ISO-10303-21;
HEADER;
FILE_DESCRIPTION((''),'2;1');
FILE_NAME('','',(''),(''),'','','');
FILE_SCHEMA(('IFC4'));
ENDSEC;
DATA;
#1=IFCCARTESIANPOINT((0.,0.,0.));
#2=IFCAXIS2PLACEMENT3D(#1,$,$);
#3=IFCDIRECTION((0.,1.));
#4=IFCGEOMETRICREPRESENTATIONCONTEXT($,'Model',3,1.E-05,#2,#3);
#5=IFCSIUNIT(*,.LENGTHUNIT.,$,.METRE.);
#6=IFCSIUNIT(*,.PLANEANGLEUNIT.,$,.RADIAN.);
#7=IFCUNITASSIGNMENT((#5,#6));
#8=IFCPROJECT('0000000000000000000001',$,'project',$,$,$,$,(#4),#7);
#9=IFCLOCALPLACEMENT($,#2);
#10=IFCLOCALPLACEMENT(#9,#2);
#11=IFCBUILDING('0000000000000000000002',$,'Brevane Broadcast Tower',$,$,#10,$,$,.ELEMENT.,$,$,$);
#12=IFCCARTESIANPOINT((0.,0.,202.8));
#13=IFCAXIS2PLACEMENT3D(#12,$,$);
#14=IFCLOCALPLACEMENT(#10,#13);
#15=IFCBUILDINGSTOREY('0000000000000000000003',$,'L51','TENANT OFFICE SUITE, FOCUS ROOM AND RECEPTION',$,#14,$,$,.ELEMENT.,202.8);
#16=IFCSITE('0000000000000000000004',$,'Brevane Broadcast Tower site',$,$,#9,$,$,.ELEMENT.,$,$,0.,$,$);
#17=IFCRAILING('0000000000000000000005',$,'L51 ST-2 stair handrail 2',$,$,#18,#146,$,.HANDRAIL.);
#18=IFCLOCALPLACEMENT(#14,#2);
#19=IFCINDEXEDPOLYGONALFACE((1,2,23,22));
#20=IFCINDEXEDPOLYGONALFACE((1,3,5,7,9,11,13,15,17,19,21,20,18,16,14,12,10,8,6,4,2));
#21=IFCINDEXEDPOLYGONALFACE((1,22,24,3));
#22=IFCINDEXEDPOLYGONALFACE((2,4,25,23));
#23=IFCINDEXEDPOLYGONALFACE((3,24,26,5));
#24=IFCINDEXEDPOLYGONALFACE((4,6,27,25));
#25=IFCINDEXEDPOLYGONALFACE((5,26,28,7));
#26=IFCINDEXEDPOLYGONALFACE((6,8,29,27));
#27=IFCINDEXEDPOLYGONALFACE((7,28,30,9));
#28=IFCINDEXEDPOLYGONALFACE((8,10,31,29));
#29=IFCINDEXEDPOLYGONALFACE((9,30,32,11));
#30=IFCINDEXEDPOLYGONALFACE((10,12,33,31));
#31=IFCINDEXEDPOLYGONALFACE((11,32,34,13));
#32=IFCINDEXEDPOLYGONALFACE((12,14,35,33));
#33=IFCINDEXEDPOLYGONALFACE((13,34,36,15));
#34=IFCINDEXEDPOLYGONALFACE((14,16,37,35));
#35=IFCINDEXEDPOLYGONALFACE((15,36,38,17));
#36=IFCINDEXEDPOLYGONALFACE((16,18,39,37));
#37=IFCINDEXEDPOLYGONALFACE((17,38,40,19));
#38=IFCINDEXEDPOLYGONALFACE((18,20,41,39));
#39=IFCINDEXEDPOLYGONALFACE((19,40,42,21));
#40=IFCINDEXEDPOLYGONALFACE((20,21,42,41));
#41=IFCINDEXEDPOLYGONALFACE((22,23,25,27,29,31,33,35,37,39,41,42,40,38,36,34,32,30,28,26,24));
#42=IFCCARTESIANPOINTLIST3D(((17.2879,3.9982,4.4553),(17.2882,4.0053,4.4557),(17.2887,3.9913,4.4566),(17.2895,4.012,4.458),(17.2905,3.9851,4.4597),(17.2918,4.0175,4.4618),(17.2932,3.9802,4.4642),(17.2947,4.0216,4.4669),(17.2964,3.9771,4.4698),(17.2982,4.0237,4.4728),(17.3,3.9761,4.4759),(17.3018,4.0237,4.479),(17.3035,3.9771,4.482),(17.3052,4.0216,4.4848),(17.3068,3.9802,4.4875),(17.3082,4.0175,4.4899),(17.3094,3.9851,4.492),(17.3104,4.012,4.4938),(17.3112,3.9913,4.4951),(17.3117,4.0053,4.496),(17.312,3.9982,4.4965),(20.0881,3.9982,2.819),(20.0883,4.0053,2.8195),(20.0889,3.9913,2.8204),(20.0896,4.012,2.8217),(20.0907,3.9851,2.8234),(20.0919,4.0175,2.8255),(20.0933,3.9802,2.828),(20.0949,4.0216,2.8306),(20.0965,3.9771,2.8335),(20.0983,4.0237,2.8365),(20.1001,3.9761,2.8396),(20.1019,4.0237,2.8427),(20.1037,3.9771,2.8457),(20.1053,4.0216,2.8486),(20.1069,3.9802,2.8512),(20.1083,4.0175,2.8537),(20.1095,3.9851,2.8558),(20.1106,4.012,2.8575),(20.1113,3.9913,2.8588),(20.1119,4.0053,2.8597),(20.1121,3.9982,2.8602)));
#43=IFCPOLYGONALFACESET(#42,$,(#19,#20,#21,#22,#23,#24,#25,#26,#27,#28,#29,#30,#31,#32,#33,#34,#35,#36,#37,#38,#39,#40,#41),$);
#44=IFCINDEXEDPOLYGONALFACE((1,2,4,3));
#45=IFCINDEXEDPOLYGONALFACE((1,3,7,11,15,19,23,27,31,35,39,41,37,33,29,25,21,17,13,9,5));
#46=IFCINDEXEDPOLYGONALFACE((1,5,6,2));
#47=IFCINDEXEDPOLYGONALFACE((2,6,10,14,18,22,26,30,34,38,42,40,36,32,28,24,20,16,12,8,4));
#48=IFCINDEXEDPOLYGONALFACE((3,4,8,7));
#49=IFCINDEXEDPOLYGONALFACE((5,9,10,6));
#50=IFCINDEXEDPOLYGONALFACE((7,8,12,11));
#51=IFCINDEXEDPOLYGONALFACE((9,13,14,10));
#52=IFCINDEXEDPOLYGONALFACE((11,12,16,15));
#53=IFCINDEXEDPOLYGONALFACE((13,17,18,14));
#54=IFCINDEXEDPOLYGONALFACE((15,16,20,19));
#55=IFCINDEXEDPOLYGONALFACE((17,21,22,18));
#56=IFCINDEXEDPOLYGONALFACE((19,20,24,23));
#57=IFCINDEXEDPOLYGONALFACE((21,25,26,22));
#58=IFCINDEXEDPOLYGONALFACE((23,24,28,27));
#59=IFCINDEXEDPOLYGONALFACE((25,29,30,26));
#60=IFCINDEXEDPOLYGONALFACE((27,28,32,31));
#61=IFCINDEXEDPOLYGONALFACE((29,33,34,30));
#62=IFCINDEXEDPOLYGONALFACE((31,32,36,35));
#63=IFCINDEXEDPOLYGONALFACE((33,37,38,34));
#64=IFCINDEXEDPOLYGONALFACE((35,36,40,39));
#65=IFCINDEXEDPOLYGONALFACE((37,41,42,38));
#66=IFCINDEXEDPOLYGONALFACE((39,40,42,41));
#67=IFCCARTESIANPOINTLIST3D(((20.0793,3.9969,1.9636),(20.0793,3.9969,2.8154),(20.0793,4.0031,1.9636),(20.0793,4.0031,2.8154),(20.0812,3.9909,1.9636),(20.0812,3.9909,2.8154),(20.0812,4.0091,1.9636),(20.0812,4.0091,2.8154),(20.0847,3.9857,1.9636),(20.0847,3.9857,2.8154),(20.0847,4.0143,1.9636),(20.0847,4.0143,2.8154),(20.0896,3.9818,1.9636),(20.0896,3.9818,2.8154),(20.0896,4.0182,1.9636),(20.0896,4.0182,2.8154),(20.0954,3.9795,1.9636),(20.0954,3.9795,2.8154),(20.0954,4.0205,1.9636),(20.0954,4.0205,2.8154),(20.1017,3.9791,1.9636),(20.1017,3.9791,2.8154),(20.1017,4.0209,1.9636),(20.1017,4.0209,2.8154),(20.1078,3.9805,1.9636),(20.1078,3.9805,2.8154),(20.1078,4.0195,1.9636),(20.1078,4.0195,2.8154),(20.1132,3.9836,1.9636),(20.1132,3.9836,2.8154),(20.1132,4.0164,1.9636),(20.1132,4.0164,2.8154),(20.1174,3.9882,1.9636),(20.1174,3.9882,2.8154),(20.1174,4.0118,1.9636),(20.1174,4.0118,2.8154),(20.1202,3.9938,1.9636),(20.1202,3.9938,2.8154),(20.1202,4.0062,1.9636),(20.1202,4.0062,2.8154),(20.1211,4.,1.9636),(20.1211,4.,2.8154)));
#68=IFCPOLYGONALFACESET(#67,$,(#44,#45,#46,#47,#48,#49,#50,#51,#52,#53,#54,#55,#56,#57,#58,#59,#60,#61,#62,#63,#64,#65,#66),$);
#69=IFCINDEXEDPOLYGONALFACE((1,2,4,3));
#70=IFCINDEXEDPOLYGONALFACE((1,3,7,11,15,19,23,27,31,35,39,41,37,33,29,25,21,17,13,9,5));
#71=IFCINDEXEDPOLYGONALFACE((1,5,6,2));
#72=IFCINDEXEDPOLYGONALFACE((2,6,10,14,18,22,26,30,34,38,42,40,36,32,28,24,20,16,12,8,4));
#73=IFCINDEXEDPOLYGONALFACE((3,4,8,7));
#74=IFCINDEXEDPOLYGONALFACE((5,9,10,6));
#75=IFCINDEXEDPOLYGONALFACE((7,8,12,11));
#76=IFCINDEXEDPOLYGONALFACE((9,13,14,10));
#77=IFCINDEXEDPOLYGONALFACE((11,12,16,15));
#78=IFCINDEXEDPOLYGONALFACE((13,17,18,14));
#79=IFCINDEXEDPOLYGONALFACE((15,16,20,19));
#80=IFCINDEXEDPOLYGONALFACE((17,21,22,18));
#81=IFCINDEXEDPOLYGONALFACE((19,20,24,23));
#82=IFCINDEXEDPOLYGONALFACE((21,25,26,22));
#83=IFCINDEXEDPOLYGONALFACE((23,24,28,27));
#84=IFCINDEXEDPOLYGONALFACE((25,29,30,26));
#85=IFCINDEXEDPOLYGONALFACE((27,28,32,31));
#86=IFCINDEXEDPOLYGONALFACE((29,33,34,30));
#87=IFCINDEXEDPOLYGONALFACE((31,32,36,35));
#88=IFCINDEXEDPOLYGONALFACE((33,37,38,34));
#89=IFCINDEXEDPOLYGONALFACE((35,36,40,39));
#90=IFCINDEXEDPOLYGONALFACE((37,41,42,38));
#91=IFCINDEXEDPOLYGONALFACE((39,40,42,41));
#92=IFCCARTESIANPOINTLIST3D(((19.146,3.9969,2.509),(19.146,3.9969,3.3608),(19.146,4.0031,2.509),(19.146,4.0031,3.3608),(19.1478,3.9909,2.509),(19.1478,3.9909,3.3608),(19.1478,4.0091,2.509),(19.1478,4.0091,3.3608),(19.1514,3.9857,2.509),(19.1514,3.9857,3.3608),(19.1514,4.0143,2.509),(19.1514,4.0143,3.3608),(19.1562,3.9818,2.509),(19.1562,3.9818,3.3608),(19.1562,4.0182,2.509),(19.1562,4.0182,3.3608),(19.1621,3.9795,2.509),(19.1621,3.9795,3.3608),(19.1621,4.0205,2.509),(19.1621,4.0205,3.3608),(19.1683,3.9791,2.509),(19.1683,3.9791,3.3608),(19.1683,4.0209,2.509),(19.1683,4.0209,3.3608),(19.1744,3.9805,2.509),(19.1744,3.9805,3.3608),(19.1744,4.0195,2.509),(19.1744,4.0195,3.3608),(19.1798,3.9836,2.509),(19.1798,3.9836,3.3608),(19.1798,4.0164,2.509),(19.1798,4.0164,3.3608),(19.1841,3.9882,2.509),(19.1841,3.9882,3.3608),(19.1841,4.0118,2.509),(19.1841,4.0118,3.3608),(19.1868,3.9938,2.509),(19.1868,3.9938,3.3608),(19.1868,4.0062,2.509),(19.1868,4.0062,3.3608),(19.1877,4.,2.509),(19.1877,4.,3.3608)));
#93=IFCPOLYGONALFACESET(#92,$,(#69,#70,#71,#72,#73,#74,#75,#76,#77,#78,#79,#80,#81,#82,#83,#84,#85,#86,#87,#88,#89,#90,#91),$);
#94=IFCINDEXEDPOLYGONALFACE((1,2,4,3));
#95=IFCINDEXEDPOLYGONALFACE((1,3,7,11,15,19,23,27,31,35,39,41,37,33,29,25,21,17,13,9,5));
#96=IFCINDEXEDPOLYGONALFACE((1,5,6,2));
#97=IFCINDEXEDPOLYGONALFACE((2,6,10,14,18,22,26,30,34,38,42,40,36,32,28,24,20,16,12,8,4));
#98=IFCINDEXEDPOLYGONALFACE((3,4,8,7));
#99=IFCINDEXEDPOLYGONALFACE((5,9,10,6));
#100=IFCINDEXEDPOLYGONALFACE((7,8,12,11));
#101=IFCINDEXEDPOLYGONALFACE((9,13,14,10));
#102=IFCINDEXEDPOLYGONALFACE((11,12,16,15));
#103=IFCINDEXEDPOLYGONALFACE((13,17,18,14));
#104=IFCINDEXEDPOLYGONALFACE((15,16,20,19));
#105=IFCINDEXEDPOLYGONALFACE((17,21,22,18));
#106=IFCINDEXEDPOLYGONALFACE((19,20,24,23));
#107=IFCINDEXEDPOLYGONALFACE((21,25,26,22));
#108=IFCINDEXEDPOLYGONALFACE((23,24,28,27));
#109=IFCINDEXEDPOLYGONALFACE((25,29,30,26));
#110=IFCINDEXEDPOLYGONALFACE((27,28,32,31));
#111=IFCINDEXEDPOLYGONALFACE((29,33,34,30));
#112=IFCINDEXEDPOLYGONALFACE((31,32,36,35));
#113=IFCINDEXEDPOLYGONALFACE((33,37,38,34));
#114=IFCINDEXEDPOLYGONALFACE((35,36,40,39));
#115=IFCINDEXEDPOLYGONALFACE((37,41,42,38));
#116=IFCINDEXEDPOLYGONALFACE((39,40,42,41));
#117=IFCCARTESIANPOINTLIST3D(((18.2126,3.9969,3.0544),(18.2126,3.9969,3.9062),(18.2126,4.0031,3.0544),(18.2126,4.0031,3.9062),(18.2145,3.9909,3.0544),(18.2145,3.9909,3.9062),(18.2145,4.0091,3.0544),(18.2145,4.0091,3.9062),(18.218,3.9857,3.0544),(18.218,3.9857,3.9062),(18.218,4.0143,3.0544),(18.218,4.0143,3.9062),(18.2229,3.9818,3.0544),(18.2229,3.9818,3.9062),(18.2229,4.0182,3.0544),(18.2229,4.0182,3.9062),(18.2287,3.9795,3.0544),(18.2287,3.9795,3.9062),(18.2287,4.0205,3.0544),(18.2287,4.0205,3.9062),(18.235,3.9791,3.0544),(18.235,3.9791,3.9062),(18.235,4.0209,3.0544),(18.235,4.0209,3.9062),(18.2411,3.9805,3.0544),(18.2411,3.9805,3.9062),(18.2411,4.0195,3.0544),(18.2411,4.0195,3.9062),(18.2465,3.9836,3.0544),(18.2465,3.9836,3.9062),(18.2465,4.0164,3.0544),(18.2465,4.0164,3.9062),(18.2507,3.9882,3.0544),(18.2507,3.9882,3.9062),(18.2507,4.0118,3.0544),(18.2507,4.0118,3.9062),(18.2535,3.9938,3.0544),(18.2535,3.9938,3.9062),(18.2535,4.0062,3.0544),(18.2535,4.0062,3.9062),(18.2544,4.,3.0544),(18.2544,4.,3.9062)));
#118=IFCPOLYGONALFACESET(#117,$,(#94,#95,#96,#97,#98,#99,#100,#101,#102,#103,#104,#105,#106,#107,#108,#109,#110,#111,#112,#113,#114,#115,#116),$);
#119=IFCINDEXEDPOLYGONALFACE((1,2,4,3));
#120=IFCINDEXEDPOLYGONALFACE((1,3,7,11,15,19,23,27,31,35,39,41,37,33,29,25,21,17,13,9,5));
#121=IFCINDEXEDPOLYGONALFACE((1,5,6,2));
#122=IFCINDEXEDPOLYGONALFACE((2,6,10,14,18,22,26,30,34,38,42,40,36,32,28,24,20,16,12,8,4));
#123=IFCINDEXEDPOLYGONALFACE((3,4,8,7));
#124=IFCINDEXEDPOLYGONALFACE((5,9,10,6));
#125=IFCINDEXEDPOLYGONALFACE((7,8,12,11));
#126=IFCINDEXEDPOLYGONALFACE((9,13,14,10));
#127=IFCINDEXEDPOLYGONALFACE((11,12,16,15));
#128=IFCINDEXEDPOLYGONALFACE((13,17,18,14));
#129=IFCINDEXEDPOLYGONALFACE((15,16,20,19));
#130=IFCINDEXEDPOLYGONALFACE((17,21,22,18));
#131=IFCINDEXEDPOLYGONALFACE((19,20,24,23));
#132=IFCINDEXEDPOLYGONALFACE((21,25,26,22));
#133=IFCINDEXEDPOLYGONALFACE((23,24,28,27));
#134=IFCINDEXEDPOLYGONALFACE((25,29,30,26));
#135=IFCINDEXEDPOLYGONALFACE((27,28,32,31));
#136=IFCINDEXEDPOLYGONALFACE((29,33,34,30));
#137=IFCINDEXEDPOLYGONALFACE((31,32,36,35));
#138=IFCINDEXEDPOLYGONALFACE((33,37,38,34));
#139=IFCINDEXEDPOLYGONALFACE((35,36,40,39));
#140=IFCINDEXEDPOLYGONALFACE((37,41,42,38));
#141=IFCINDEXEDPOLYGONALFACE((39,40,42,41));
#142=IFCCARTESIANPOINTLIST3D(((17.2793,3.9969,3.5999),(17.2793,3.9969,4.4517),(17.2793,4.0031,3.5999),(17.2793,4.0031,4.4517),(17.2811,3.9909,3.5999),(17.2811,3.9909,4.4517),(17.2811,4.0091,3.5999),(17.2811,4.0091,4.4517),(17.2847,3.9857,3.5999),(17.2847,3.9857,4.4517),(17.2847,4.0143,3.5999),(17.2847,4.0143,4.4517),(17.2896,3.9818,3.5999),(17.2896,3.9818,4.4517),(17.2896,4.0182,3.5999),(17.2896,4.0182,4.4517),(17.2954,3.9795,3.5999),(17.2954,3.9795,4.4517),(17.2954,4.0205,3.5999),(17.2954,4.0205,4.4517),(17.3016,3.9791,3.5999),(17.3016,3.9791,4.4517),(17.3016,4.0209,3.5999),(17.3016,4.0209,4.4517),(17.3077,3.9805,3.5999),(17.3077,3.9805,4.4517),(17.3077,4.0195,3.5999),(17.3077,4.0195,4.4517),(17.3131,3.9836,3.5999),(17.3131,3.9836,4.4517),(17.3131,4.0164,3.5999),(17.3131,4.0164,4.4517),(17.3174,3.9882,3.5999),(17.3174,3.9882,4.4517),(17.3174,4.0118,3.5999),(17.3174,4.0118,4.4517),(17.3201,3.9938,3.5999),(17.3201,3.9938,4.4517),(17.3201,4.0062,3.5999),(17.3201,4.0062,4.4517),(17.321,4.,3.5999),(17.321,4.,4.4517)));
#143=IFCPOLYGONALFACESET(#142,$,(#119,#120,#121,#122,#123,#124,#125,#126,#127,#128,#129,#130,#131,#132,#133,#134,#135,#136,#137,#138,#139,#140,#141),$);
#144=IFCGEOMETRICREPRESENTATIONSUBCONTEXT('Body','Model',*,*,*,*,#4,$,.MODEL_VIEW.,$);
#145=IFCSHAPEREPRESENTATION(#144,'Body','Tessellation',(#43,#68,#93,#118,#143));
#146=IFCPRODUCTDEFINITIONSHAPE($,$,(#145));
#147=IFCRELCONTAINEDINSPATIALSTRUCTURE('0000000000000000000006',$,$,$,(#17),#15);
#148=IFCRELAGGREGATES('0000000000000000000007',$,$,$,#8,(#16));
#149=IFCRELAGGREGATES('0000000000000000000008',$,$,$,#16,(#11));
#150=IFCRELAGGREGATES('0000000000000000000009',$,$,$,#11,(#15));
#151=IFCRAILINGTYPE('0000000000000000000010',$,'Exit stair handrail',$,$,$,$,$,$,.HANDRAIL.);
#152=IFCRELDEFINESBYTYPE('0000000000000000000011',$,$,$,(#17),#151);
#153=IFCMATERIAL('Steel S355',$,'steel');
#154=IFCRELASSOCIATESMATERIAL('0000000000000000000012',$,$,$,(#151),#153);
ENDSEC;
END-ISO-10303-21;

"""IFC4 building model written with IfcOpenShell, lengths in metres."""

from ifc_helpers import new_model, si_unit, direction, frame, origin, origin_2d, place, context, subcontext, project, spatial, circle, extrude, material, type_object, element, save


model = new_model("IFC4")

# Units and contexts
model_context = context("Model", 3, precision=1e-05, world=origin(), true_north=direction((0.0, 1.0)))
body_context = subcontext(model_context, "Body", "Model", "MODEL_VIEW")
ifc_project = project(units=[si_unit("LENGTHUNIT", "METRE"), si_unit("PLANEANGLEUNIT", "RADIAN")], contexts=[model_context])

# Site, building, storey
site_placement = place(None, origin())
site = spatial("IfcSite", under=ifc_project, at=site_placement, Name="Brevane Broadcast Tower site", CompositionType="ELEMENT", RefElevation=0.0)
building_placement = place(site_placement, origin())
building = spatial("IfcBuilding", under=site, at=building_placement, Name="Brevane Broadcast Tower", CompositionType="ELEMENT")
storey_placement = place(building_placement, frame((0.0, 0.0, 202.8)))
storey = spatial("IfcBuildingStorey", under=building, at=storey_placement, Name="L51", Description="TENANT OFFICE SUITE, FOCUS ROOM AND RECEPTION", CompositionType="ELEMENT", Elevation=202.8)

# Railing
ifc_material_1 = material(Name="Steel S355", Category="steel")
railing_type_1 = type_object("IfcRailingType", Name="Exit stair handrail", PredefinedType="HANDRAIL", material=ifc_material_1)
railing_1_placement = place(storey_placement, frame((20.1001, 4.0, 1.9636)))
element("IfcRailing", 1, at=railing_1_placement, inside=storey, type_object=railing_type_1, Name="L51 ST-2 stair handrail 2", PredefinedType="HANDRAIL", context=body_context, shape_type="SweptSolid", body=[
    extrude(circle(Radius=0.0239, at=origin_2d()), frame((0.0, 0.0, 0.876), z_axis=(-0.863394, 0.0, 0.504531), x_axis=(0.0, -1.0, 0.0)), (0.0, 0.0, 1.0), 3.2432),
    extrude(circle(Radius=0.021, at=origin_2d()), origin(), (0.0, 0.0, 1.0), 0.8518),
    extrude(circle(Radius=0.021, at=origin_2d()), frame((-0.9333, 0.0, 0.5454)), (0.0, 0.0, 1.0), 0.8518),
    extrude(circle(Radius=0.021, at=origin_2d()), frame((-1.8667, 0.0, 1.0908)), (0.0, 0.0, 1.0), 0.8518),
    extrude(circle(Radius=0.021, at=origin_2d()), frame((-2.8, 0.0, 1.6362)), (0.0, 0.0, 1.0), 0.8518),
])

save(model, "model.ifc")
